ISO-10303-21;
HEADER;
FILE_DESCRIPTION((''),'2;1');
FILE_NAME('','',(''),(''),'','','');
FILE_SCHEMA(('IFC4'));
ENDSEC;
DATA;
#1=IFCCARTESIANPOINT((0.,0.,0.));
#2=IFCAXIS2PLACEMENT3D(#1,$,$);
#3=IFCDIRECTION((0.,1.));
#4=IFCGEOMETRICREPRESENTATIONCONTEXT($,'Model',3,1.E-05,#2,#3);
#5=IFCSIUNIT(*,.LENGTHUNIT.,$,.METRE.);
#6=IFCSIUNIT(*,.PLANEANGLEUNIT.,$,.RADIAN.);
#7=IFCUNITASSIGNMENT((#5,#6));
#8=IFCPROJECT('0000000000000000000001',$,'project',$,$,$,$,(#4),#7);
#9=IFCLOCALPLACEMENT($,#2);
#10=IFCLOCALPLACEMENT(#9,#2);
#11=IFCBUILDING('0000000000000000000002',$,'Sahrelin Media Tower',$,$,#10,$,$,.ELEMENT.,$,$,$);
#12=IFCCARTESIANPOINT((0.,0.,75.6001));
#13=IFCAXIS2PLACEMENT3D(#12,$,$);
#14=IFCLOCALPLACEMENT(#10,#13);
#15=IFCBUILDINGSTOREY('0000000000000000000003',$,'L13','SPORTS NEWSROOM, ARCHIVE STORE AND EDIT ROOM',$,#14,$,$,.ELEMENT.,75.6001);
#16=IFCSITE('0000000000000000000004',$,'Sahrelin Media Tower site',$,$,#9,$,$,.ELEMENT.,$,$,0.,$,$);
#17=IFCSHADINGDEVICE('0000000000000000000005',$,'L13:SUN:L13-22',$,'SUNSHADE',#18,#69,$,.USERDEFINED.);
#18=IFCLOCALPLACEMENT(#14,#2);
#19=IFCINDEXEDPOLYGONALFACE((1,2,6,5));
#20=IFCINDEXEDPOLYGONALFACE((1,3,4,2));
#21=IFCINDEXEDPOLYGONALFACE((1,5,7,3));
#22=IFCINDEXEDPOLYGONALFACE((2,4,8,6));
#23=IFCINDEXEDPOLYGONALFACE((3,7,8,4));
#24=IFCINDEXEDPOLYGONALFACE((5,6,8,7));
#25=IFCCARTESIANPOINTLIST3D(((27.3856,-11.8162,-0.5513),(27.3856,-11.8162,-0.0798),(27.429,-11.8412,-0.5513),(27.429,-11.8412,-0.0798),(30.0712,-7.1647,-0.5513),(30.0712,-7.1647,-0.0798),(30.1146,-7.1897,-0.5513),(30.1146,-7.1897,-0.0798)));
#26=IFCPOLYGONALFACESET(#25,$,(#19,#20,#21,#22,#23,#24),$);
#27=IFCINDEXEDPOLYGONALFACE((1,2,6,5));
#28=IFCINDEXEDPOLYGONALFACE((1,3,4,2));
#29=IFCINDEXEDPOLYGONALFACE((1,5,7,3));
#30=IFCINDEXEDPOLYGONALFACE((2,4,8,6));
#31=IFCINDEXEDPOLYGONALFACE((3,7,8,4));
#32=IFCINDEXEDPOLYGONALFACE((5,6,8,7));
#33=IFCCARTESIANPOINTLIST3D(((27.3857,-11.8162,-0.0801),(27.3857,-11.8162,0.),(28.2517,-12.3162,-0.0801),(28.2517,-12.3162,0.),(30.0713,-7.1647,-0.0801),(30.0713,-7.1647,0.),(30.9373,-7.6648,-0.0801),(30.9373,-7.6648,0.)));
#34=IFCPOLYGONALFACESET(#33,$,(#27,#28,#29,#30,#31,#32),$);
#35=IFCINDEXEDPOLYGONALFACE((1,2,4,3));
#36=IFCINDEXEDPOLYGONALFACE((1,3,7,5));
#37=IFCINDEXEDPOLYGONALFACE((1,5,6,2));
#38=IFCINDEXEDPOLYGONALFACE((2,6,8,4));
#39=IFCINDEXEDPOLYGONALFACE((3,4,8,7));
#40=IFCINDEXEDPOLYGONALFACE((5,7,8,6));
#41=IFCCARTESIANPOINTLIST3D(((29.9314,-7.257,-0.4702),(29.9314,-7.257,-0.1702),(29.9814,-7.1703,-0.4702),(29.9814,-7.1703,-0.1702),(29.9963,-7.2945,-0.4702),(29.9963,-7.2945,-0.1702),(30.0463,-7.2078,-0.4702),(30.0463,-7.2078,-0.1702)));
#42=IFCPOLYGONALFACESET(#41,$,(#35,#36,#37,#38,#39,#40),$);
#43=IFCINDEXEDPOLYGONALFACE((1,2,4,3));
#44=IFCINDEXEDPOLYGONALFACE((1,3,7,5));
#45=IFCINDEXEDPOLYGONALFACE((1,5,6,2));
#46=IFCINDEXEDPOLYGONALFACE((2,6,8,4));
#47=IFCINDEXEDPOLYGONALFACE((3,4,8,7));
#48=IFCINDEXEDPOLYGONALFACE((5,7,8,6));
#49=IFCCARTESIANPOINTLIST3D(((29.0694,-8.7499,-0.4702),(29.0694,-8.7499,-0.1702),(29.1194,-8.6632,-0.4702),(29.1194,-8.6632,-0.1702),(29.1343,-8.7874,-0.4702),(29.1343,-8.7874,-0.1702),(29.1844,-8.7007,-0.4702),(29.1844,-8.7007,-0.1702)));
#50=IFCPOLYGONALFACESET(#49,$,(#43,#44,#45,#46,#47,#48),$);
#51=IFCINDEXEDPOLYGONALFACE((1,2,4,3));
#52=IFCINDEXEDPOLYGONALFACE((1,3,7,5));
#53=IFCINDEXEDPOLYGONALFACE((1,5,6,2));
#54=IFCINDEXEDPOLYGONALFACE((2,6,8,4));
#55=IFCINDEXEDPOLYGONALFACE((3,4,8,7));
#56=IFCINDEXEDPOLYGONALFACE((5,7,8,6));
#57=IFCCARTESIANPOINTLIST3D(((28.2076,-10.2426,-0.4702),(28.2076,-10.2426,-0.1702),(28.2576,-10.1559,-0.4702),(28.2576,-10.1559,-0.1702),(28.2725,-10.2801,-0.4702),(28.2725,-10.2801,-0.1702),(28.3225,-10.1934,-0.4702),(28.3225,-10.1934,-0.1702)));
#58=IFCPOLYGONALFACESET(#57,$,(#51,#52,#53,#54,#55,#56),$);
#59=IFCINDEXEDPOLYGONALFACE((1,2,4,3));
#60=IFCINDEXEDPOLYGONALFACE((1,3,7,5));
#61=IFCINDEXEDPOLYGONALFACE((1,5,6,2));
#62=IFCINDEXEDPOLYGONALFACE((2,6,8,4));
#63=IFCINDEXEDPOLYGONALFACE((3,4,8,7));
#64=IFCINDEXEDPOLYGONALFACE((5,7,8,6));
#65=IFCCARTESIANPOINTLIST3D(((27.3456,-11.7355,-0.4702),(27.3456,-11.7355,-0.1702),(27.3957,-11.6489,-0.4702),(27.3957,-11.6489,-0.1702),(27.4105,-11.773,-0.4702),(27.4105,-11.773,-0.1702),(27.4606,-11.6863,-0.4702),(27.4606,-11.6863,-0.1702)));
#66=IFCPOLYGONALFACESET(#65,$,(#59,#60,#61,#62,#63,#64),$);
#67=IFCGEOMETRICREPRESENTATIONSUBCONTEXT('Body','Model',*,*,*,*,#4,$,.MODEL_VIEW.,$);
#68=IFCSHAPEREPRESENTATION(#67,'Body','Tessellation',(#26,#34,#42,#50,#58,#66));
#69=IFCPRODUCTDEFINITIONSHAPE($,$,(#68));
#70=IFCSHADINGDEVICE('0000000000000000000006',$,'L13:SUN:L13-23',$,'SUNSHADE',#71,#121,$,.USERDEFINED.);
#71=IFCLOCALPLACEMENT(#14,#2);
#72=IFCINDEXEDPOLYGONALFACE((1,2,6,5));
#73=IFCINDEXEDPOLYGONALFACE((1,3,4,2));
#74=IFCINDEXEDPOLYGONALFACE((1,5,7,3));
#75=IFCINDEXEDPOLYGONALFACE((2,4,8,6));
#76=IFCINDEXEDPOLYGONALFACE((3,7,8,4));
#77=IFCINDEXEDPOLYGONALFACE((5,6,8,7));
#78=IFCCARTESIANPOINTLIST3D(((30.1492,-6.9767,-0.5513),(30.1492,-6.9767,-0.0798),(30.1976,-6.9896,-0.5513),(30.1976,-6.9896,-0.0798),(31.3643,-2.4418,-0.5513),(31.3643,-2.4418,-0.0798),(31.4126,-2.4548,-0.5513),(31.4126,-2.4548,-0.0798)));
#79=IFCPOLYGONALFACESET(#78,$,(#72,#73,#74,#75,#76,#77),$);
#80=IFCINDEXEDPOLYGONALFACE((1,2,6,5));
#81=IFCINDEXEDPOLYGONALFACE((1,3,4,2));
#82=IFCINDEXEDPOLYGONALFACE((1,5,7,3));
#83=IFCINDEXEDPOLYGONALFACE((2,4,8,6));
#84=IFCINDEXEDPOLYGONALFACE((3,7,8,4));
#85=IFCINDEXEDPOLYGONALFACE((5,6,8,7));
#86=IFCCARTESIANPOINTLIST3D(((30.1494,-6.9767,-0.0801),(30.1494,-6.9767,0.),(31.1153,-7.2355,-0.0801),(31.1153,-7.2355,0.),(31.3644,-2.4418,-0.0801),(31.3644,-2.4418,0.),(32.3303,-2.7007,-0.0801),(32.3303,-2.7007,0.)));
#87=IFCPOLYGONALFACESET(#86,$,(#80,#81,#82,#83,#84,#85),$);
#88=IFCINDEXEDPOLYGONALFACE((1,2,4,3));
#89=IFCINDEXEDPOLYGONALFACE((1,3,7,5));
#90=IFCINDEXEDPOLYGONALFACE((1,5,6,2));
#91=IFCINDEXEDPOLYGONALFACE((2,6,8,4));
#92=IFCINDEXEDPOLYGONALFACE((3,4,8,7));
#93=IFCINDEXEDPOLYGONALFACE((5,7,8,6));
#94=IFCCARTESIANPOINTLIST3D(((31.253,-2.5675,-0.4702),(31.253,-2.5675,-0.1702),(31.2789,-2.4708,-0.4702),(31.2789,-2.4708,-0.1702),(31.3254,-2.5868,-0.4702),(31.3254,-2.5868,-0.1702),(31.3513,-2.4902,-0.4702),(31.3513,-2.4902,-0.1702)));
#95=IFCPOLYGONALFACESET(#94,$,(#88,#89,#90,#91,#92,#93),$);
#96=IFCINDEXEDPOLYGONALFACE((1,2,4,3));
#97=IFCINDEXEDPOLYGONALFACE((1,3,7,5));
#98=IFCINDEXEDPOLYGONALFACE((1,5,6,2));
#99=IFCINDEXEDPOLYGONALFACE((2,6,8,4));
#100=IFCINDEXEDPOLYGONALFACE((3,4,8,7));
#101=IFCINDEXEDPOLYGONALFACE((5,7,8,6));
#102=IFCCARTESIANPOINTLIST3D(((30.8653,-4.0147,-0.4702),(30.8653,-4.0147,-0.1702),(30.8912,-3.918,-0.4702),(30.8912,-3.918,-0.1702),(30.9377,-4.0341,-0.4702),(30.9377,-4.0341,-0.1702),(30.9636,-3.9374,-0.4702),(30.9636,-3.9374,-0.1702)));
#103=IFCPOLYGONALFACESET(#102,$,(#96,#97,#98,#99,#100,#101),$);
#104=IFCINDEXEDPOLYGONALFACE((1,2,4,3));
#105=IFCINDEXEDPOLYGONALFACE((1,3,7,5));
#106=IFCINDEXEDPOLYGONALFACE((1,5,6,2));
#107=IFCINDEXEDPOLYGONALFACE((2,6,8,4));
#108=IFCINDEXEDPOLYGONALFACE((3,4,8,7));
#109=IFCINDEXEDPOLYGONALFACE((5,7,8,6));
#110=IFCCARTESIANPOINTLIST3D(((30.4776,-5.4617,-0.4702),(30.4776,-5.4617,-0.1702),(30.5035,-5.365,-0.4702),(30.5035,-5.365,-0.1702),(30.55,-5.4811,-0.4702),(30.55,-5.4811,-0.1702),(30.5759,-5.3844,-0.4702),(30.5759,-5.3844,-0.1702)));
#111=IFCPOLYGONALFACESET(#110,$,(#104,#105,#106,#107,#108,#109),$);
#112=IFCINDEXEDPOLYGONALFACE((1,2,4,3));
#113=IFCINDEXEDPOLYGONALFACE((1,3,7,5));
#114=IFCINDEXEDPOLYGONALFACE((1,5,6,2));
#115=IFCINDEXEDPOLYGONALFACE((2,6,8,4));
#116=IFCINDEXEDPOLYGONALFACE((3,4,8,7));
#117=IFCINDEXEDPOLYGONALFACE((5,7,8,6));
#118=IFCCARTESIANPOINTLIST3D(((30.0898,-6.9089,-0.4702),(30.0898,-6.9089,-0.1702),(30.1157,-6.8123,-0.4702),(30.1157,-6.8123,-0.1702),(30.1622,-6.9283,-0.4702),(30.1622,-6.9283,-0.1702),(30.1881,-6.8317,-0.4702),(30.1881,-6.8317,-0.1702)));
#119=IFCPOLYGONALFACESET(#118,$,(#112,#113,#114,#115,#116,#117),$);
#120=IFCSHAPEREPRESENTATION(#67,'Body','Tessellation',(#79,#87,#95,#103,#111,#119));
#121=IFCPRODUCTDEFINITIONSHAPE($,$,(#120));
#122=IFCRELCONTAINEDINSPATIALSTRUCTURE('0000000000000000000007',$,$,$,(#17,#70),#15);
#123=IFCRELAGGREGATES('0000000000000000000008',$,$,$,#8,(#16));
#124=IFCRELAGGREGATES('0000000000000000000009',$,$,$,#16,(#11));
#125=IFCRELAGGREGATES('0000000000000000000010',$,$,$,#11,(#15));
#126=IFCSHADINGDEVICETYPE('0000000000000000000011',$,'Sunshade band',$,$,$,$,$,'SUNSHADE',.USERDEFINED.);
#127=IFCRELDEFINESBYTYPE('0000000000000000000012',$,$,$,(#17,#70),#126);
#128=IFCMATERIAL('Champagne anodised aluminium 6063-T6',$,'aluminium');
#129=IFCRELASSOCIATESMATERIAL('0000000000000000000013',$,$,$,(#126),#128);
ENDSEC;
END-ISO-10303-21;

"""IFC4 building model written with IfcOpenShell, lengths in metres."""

from ifc_helpers import new_model, si_unit, direction, frame, origin, origin_2d, place, context, subcontext, project, spatial, rectangle, extrude, material, type_object, element, save


model = new_model("IFC4")

# Units and contexts
model_context = context("Model", 3, precision=1e-05, world=origin(), true_north=direction((0.0, 1.0)))
body_context = subcontext(model_context, "Body", "Model", "MODEL_VIEW")
ifc_project = project(units=[si_unit("LENGTHUNIT", "METRE"), si_unit("PLANEANGLEUNIT", "RADIAN")], contexts=[model_context])

# Site, building, storey
site_placement = place(None, origin())
site = spatial("IfcSite", under=ifc_project, at=site_placement, Name="Sahrelin Media Tower site", CompositionType="ELEMENT", RefElevation=0.0)
building_placement = place(site_placement, origin())
building = spatial("IfcBuilding", under=site, at=building_placement, Name="Sahrelin Media Tower", CompositionType="ELEMENT")
storey_placement = place(building_placement, frame((0.0, 0.0, 75.6001)))
storey = spatial("IfcBuildingStorey", under=building, at=storey_placement, Name="L13", Description="SPORTS NEWSROOM, ARCHIVE STORE AND EDIT ROOM", CompositionType="ELEMENT", Elevation=75.6001)

# Shared definitions
ifc_material_1 = material(Name="Champagne anodised aluminium 6063-T6", Category="aluminium")

# Shared definitions
placement_1 = place(storey_placement, frame((28.7112, -9.4805, 0.0), z_axis=(0.0, 0.0, 1.0), x_axis=(-0.500011, -0.866019, 0.0)))
placement_2 = place(storey_placement, frame((30.7375, -4.7041, 0.0), z_axis=(0.0, 0.0, 1.0), x_axis=(-0.258808, -0.965929, 0.0)))

# Shading devices
shading_device_type_1 = type_object("IfcShadingDeviceType", Name="Sunshade band", ElementType="SUNSHADE", PredefinedType="USERDEFINED", material=ifc_material_1)
element("IfcShadingDevice", 1, at=placement_1, inside=storey, type_object=shading_device_type_1, Name="L13:SUN:L13-22", ObjectType="SUNSHADE", PredefinedType="USERDEFINED", context=body_context, shape_type="SweptSolid", body=[
    extrude(rectangle(XDim=5.3711, YDim=0.05, at=origin_2d()), frame((0.0, 0.0449, -0.5513)), (0.0, 0.0, 1.0), 0.4714),
    extrude(rectangle(XDim=5.3711, YDim=1.0, at=origin_2d()), frame((0.0, 0.52, -0.0801)), (0.0, 0.0, 1.0), 0.0801),
    extrude(rectangle(XDim=0.1001, YDim=0.075, at=origin_2d()), frame((-2.5857, -0.0176, -0.4702)), (0.0, 0.0, 1.0), 0.3),
    extrude(rectangle(XDim=0.1001, YDim=0.075, at=origin_2d()), frame((-0.8618, -0.0176, -0.4702)), (0.0, 0.0, 1.0), 0.3),
    extrude(rectangle(XDim=0.1001, YDim=0.075, at=origin_2d()), frame((0.8618, -0.0176, -0.4702)), (0.0, 0.0, 1.0), 0.3),
    extrude(rectangle(XDim=0.1001, YDim=0.075, at=origin_2d()), frame((2.5857, -0.0176, -0.4702)), (0.0, 0.0, 1.0), 0.3),
])
element("IfcShadingDevice", 2, at=placement_2, inside=storey, type_object=shading_device_type_1, Name="L13:SUN:L13-23", ObjectType="SUNSHADE", PredefinedType="USERDEFINED", context=body_context, shape_type="SweptSolid", body=[
    extrude(rectangle(XDim=4.6948, YDim=0.05, at=origin_2d()), frame((0.0, 0.0449, -0.5513)), (0.0, 0.0, 1.0), 0.4714),
    extrude(rectangle(XDim=4.6948, YDim=1.0, at=origin_2d()), frame((0.0, 0.52, -0.0801)), (0.0, 0.0, 1.0), 0.0801),
    extrude(rectangle(XDim=0.1001, YDim=0.075, at=origin_2d()), frame((-2.2473, -0.0176, -0.4702)), (0.0, 0.0, 1.0), 0.3),
    extrude(rectangle(XDim=0.1001, YDim=0.075, at=origin_2d()), frame((-0.749, -0.0176, -0.4702)), (0.0, 0.0, 1.0), 0.3),
    extrude(rectangle(XDim=0.1001, YDim=0.075, at=origin_2d()), frame((0.749, -0.0176, -0.4702)), (0.0, 0.0, 1.0), 0.3),
    extrude(rectangle(XDim=0.1001, YDim=0.075, at=origin_2d()), frame((2.2473, -0.0176, -0.4702)), (0.0, 0.0, 1.0), 0.3),
])

save(model, "model.ifc")
